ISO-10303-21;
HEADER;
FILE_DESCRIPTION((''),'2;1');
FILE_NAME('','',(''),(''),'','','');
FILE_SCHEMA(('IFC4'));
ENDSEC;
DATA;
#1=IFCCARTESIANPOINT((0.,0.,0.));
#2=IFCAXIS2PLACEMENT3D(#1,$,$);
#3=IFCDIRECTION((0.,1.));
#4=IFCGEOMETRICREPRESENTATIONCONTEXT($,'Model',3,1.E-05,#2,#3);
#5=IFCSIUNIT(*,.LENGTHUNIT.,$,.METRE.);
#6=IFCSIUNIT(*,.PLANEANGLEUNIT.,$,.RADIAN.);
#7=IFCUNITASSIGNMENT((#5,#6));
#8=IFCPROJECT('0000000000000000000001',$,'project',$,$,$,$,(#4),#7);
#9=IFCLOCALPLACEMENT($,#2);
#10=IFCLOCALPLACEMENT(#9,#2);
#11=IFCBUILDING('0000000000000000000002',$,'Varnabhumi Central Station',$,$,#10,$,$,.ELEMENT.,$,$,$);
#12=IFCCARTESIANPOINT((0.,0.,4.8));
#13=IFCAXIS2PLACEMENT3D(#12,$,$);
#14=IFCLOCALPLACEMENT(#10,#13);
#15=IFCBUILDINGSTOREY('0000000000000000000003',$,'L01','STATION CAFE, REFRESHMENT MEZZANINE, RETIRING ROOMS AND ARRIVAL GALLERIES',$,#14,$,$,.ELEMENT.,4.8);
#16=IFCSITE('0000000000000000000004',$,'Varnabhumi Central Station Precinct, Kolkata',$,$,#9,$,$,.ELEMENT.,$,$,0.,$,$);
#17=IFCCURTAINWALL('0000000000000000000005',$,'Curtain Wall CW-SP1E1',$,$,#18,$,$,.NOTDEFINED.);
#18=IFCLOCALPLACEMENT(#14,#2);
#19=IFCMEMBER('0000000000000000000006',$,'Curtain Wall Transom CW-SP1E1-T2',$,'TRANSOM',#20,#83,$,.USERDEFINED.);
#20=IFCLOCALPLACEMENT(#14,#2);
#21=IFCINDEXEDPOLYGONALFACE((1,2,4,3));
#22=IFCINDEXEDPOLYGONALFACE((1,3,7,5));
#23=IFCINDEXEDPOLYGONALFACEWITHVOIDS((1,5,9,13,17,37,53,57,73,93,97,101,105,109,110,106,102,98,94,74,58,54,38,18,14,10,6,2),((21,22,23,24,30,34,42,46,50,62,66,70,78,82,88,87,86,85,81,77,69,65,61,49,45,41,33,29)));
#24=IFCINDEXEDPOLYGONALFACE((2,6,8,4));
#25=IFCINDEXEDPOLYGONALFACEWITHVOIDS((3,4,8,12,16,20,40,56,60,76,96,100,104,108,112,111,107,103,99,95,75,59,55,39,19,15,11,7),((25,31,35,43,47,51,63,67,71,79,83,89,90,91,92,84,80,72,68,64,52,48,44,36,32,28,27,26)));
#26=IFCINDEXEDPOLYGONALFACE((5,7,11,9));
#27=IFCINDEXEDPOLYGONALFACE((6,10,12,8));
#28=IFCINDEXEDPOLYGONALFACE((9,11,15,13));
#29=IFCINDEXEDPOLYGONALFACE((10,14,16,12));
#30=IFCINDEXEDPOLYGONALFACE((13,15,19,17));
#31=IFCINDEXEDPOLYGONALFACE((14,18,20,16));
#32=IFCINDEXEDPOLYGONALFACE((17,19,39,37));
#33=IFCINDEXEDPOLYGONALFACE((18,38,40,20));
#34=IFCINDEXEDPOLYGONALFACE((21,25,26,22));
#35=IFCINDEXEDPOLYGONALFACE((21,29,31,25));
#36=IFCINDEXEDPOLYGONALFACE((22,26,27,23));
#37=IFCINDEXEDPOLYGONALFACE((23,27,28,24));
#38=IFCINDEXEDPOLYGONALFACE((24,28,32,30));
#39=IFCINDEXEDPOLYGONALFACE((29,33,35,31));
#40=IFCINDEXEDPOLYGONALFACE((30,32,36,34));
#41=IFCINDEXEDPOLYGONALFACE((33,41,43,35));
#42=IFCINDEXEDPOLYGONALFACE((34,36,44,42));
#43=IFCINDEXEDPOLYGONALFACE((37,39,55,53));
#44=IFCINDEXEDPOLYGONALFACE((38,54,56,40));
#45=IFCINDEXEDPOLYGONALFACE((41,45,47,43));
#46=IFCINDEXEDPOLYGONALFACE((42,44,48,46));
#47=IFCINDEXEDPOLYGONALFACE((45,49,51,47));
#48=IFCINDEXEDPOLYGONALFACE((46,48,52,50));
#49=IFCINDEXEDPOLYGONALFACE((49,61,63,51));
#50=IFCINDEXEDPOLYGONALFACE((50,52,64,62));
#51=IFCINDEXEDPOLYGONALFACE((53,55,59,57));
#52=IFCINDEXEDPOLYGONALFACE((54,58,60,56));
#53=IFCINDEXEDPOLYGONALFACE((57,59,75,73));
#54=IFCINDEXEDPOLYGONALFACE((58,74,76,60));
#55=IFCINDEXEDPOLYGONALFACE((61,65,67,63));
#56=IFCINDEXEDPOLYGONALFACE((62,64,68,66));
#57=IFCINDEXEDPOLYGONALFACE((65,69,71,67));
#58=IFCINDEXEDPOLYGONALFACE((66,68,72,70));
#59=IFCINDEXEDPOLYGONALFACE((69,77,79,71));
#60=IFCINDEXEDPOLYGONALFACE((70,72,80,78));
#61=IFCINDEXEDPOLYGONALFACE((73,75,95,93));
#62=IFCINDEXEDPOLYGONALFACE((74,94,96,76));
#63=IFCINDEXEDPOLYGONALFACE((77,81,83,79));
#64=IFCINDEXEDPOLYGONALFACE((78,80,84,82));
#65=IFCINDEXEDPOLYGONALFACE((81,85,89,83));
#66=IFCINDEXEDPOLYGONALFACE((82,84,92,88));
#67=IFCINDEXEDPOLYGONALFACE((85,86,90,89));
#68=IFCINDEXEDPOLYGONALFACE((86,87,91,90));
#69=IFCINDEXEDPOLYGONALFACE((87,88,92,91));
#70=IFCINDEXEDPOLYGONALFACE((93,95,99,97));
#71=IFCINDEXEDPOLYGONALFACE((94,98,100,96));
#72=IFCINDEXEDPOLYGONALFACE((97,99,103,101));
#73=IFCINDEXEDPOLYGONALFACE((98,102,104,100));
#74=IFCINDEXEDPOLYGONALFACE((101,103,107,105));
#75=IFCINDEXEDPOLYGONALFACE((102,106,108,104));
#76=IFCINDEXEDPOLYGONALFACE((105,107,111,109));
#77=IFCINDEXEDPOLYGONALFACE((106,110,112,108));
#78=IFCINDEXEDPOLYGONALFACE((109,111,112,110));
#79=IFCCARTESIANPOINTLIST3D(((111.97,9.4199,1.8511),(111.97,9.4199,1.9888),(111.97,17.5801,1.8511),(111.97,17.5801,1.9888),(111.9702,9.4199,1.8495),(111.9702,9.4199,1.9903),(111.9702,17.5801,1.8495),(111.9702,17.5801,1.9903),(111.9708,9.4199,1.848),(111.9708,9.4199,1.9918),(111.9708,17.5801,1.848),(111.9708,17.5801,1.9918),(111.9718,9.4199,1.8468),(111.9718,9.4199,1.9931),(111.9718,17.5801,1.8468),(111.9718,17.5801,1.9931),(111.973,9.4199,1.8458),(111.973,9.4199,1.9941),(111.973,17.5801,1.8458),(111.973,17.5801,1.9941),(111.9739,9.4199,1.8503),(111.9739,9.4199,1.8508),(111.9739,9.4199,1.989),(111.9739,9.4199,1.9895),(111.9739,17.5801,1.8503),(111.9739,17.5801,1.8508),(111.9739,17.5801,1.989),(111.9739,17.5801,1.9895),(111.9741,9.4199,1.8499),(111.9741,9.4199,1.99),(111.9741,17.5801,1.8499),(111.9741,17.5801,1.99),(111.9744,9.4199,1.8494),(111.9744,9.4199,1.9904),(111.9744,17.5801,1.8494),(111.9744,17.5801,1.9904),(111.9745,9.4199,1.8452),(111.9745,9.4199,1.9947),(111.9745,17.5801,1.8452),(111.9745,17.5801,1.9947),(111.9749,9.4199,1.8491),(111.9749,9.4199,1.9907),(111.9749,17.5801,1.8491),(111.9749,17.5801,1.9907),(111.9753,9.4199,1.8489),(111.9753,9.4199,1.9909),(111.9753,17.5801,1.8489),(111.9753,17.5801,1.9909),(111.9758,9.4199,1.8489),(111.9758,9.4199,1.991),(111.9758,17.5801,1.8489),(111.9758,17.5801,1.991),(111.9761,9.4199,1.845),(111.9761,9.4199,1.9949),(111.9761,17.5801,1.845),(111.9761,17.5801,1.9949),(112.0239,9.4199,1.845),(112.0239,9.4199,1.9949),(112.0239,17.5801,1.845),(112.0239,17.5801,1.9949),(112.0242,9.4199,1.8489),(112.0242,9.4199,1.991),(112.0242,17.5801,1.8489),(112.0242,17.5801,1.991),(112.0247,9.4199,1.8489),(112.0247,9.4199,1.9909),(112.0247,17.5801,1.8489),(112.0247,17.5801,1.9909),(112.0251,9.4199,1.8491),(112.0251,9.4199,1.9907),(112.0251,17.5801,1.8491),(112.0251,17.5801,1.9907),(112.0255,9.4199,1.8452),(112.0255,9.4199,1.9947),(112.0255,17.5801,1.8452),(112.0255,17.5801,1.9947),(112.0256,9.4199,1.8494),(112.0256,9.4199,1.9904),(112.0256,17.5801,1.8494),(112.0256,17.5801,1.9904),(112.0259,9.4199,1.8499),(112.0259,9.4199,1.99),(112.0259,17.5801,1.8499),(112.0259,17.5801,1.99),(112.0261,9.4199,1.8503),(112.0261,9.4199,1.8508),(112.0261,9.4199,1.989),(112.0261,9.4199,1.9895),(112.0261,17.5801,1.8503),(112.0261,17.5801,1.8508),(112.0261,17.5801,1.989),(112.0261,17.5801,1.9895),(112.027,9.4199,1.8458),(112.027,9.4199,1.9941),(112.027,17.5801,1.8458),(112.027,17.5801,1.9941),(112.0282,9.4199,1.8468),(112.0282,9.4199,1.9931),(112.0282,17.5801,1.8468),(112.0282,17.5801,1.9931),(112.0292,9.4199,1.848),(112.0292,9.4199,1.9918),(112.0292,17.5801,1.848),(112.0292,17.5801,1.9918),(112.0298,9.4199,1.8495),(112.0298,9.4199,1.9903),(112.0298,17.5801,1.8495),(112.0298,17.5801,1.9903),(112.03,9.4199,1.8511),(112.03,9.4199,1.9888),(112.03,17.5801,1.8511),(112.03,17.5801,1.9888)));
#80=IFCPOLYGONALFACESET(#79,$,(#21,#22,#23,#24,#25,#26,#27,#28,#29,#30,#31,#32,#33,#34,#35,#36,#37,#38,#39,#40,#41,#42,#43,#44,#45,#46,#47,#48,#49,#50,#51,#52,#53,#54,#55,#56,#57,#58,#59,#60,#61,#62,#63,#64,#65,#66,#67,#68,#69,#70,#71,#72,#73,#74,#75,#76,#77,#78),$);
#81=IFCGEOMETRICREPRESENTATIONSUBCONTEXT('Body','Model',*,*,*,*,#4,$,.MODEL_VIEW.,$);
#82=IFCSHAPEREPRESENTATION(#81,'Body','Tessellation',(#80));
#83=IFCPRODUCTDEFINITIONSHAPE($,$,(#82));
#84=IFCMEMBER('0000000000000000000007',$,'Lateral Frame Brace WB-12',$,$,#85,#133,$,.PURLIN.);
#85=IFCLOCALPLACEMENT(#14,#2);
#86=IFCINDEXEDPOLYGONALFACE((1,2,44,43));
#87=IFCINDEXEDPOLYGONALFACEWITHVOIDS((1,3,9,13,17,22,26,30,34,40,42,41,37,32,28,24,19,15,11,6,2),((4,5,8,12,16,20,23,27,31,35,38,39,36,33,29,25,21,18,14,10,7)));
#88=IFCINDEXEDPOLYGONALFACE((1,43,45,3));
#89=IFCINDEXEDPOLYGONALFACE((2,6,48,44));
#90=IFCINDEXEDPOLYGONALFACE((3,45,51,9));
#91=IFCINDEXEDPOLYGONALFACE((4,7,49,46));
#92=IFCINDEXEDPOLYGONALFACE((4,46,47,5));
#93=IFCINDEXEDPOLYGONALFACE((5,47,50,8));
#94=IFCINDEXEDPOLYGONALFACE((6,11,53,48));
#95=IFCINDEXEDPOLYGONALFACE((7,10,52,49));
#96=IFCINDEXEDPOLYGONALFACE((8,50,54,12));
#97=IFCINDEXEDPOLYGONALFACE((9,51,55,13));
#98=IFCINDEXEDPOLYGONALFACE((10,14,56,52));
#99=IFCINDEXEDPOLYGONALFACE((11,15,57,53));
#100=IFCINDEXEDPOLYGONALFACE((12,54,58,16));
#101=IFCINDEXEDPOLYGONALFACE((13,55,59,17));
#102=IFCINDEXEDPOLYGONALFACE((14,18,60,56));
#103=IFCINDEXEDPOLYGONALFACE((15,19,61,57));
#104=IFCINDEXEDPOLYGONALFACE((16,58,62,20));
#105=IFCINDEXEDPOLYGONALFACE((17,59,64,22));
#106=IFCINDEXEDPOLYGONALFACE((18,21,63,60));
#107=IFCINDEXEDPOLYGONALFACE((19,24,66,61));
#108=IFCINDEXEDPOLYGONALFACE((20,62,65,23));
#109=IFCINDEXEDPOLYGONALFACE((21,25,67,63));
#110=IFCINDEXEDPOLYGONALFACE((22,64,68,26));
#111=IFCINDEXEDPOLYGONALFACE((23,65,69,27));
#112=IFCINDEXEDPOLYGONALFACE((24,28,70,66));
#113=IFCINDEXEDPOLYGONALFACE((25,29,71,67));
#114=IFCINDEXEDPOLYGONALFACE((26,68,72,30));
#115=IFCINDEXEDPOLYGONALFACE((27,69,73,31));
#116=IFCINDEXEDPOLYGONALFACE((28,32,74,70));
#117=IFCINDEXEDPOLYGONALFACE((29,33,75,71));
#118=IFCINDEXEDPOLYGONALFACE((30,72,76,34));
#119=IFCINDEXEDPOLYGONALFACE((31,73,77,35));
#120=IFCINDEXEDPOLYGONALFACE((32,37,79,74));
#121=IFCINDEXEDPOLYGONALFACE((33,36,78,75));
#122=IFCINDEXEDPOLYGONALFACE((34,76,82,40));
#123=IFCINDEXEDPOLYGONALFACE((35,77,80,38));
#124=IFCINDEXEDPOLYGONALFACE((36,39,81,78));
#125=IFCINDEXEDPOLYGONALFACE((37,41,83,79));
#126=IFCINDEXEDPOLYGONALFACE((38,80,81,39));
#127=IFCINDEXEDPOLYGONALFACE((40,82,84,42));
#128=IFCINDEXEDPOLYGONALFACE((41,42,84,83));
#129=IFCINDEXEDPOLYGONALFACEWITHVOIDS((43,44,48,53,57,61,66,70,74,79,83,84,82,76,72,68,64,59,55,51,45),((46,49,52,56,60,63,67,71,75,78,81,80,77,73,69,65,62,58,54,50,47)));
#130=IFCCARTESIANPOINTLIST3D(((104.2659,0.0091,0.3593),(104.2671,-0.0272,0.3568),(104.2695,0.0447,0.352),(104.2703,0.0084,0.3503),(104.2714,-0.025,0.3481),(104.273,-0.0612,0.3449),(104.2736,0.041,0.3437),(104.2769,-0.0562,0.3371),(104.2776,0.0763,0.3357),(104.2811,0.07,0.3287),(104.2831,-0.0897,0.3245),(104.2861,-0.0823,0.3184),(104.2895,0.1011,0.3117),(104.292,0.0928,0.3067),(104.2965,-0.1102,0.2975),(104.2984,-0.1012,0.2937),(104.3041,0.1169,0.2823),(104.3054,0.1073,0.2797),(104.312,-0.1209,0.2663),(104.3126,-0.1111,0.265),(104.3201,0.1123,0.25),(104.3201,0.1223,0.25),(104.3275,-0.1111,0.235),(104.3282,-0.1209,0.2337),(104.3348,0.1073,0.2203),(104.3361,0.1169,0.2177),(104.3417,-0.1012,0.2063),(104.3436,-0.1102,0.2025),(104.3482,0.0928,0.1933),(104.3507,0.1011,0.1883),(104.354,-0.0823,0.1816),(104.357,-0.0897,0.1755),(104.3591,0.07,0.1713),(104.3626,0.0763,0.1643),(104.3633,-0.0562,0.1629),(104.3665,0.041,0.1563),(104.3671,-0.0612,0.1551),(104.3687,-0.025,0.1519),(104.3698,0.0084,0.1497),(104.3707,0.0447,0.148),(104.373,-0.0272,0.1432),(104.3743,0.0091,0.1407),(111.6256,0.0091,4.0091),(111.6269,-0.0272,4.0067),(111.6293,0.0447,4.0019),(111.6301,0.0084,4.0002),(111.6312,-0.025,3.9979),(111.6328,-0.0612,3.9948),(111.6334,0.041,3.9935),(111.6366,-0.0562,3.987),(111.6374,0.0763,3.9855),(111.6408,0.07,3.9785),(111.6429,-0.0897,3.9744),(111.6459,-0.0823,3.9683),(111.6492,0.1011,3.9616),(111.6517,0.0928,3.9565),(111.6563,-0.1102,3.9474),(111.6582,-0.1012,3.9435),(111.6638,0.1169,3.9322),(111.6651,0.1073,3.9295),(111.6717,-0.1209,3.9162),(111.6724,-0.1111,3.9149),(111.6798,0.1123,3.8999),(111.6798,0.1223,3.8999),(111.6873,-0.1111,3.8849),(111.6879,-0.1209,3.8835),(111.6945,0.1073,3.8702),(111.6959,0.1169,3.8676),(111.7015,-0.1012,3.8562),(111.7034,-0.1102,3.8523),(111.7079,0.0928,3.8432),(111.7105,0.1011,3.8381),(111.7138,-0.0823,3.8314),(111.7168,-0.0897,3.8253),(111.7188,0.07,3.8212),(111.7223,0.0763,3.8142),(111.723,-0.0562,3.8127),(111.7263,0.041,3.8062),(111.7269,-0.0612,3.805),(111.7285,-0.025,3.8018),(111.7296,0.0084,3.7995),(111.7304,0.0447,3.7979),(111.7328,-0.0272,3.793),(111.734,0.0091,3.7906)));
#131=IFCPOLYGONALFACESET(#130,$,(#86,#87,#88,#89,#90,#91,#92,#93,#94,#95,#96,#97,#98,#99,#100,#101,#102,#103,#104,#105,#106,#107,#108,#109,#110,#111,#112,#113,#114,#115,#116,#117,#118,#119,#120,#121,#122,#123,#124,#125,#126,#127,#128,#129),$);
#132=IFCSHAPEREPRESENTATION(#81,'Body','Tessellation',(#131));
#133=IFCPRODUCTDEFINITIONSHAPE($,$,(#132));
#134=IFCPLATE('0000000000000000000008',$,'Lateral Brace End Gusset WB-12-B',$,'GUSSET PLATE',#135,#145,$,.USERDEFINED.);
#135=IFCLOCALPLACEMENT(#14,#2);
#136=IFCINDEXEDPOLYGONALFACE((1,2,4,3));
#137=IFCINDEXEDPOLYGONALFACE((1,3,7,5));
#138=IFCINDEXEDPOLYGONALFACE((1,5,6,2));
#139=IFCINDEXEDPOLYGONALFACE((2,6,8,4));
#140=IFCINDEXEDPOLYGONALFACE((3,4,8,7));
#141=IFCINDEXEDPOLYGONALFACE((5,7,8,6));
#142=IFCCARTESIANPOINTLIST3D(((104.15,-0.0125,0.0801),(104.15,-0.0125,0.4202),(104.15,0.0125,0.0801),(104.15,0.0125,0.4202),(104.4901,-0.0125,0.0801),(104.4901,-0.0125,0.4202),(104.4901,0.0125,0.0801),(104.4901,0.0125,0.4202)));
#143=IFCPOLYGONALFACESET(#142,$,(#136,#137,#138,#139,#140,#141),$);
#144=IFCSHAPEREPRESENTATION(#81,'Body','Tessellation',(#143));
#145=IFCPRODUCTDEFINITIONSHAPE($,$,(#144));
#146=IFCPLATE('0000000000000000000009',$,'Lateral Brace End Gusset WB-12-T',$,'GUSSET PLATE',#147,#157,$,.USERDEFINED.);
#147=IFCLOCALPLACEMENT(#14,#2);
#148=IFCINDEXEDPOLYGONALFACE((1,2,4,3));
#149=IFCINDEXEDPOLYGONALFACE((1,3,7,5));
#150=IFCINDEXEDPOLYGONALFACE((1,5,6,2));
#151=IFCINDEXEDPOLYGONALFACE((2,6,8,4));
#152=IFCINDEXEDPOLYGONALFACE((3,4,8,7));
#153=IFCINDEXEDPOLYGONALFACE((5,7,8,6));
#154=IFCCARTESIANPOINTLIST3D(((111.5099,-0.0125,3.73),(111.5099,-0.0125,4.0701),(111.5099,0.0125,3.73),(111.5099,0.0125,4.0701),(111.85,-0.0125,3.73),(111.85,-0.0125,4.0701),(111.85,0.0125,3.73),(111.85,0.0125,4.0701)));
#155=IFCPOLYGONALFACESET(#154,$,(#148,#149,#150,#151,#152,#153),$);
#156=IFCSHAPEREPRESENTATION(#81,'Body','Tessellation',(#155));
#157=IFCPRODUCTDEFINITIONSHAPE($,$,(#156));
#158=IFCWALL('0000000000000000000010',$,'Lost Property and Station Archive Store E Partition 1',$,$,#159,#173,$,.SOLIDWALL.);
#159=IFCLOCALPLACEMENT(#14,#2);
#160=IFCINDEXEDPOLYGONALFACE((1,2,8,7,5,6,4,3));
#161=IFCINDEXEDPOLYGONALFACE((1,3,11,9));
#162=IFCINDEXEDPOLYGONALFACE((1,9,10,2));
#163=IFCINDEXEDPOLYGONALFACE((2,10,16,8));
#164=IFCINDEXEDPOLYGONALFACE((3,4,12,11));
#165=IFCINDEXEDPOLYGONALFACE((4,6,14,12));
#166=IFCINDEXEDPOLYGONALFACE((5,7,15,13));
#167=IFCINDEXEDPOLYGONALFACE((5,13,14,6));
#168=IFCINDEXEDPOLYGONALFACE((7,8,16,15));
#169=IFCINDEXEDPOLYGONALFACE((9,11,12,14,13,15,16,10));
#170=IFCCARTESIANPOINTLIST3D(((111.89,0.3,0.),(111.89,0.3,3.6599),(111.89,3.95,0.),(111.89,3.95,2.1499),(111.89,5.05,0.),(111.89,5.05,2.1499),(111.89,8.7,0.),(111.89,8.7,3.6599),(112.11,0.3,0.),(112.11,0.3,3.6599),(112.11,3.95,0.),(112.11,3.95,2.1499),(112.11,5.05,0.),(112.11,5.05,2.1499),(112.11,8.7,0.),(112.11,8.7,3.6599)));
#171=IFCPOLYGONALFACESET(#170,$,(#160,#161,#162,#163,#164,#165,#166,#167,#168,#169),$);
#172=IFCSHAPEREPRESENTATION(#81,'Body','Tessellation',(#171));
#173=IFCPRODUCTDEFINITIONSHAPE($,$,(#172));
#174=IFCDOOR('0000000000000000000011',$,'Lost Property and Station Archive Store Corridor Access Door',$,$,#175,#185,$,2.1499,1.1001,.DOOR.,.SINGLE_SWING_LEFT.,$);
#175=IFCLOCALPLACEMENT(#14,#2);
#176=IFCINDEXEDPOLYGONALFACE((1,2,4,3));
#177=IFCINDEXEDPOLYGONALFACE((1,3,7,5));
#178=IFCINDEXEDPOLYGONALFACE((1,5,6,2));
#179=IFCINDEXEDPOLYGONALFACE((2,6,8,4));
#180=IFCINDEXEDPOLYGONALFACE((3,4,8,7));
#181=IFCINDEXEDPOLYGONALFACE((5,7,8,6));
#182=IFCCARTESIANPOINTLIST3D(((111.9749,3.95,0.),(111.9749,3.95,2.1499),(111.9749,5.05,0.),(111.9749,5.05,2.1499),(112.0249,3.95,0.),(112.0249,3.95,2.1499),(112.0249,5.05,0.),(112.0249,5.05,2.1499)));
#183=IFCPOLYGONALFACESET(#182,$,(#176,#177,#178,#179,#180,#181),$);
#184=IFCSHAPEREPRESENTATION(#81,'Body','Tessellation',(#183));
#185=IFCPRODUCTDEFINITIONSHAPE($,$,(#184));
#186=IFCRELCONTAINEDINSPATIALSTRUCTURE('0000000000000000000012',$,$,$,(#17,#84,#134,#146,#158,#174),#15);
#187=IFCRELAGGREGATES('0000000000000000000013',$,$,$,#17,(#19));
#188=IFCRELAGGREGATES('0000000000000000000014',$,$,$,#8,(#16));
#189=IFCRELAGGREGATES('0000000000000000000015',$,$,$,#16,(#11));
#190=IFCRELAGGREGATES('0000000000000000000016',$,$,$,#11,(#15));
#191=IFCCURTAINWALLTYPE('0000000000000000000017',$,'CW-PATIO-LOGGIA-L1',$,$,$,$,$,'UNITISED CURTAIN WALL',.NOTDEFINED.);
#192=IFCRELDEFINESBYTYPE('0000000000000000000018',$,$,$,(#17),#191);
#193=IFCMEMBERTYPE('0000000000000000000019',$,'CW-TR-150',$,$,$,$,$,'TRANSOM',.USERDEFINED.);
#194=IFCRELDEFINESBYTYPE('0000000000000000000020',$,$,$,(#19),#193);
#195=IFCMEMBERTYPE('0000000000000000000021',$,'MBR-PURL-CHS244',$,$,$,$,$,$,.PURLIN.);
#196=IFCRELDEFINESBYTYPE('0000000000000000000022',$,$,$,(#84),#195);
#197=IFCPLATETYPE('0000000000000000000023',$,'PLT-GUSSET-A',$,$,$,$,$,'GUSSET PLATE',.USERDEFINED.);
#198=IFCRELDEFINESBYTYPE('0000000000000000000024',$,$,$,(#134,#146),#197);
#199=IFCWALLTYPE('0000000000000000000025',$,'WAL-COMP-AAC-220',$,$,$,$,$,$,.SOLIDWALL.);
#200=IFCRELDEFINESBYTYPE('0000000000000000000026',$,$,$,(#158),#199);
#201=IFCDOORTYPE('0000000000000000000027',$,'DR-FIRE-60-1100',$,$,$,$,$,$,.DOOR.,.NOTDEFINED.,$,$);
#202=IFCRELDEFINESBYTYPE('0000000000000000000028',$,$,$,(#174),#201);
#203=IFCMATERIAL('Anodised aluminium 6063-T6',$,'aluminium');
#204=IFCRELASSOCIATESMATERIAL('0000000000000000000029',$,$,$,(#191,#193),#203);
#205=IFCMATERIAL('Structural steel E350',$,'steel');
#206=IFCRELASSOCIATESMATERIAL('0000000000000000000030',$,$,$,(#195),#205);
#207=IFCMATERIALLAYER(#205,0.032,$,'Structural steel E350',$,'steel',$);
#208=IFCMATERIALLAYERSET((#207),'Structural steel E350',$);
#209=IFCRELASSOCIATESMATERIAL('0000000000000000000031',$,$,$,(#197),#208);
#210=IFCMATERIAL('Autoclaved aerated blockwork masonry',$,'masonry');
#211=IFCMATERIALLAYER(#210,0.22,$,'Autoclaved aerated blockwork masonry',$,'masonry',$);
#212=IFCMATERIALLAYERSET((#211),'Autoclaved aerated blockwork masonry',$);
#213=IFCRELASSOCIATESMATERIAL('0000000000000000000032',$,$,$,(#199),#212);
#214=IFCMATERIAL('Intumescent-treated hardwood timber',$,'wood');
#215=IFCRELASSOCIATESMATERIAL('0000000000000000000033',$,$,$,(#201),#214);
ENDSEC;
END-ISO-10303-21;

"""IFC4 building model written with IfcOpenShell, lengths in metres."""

from ifc_helpers import new_model, si_unit, direction, frame, frame_2d, origin, origin_2d, place, context, subcontext, project, spatial, rectangle, hollow_rectangle, hollow_circle, extrude, material, layer, layer_set, material_profile, profile_set, type_object, element, fill, aggregate, save


model = new_model("IFC4")

# Units and contexts
model_context = context("Model", 3, precision=1e-05, world=origin(), true_north=direction((0.0, 1.0)))
body_context = subcontext(model_context, "Body", "Model", "MODEL_VIEW")
ifc_project = project(units=[si_unit("LENGTHUNIT", "METRE"), si_unit("PLANEANGLEUNIT", "RADIAN")], contexts=[model_context])

# Site, building, storey
site_placement = place(None, origin())
site = spatial("IfcSite", under=ifc_project, at=site_placement, Name="Varnabhumi Central Station Precinct, Kolkata", CompositionType="ELEMENT", RefElevation=0.0)
building_placement = place(site_placement, origin())
building = spatial("IfcBuilding", under=site, at=building_placement, Name="Varnabhumi Central Station", CompositionType="ELEMENT")
storey_placement = place(building_placement, frame((0.0, 0.0, 4.8)))
storey = spatial("IfcBuildingStorey", under=building, at=storey_placement, Name="L01", Description="STATION CAFE, REFRESHMENT MEZZANINE, RETIRING ROOMS AND ARRIVAL GALLERIES", CompositionType="ELEMENT", Elevation=4.8)

# Shared definitions
ifc_material_1 = material(Name="Structural steel E350", Category="steel")

# Curtain wall, member
ifc_material_2 = material(Name="Anodised aluminium 6063-T6", Category="aluminium")
curtain_wall_type = type_object("IfcCurtainWallType", Name="CW-PATIO-LOGGIA-L1", ElementType="UNITISED CURTAIN WALL", PredefinedType="NOTDEFINED", material=ifc_material_2)
curtain_wall_placement = place(storey_placement, origin())
curtain_wall = element("IfcCurtainWall", 1, at=curtain_wall_placement, inside=storey, type_object=curtain_wall_type, Name="Curtain Wall CW-SP1E1", PredefinedType="NOTDEFINED")
ifc_material_profile_1 = material_profile(ifc_material_2, hollow_rectangle(XDim=0.0601, YDim=0.1499, WallThickness=0.0039, InnerFilletRadius=0.002, OuterFilletRadius=0.0061, at=origin_2d()), Name="Anodised aluminium 6063-T6", Category="aluminium")
ifc_profile_set_1 = profile_set([ifc_material_profile_1], Name="Anodised aluminium 6063-T6")
member_type_1 = type_object("IfcMemberType", Name="CW-TR-150", ElementType="TRANSOM", PredefinedType="USERDEFINED", material=ifc_profile_set_1)
member_1_placement = place(storey_placement, frame((112.0, 9.4199, 1.9199), z_axis=(0.0, 1.0, 0.0), x_axis=(-1.0, 0.0, 0.0)))
member_1 = element("IfcMember", 2, at=member_1_placement, type_object=member_type_1, Name="Curtain Wall Transom CW-SP1E1-T2", ObjectType="TRANSOM", PredefinedType="USERDEFINED", context=body_context, shape_type="SweptSolid", body=[
    extrude(hollow_rectangle(XDim=0.0601, YDim=0.1499, WallThickness=0.0039, InnerFilletRadius=0.002, OuterFilletRadius=0.0061, at=origin_2d()), origin(), (0.0, 0.0, 1.0), 8.1602),
])
aggregate(curtain_wall, [member_1])

# Member
ifc_material_profile_2 = material_profile(ifc_material_1, hollow_circle(Radius=0.1223, WallThickness=0.01, at=origin_2d()), Name="Structural steel E350", Category="steel")
ifc_profile_set_2 = profile_set([ifc_material_profile_2], Name="Structural steel E350")
member_type_2 = type_object("IfcMemberType", Name="MBR-PURL-CHS244", PredefinedType="PURLIN", material=ifc_profile_set_2)
member_2_placement = place(storey_placement, frame((104.3201, 0.0, 0.25), z_axis=(0.895885, 0.0, 0.444287), x_axis=(0.0, 1.0, 0.0)))
element("IfcMember", 3, at=member_2_placement, inside=storey, type_object=member_type_2, Name="Lateral Frame Brace WB-12", PredefinedType="PURLIN", context=body_context, shape_type="SweptSolid", body=[
    extrude(hollow_circle(Radius=0.1223, WallThickness=0.01, at=origin_2d()), origin(), (0.0, 0.0, 1.0), 8.2151),
])

# Plates
ifc_layer_1 = layer(ifc_material_1, 0.032, Name="Structural steel E350", Category="steel")
ifc_layer_set_1 = layer_set([ifc_layer_1], Name="Structural steel E350")
plate_type = type_object("IfcPlateType", Name="PLT-GUSSET-A", ElementType="GUSSET PLATE", PredefinedType="USERDEFINED", material=ifc_layer_set_1)
for number, where, z_axis, x_axis, name in (
    (4, (104.3201, 0.0, 0.0801), (0.0, 0.0, 1.0), (1.0, 0.0, 0.0), "Lateral Brace End Gusset WB-12-B"),
    (5, (111.6799, 0.0, 3.73), (0.0, 0.0, 1.0), (1.0, 0.0, 0.0), "Lateral Brace End Gusset WB-12-T"),
):
    element("IfcPlate", number, at=place(storey_placement, frame(where, z_axis=z_axis, x_axis=x_axis)), inside=storey, type_object=plate_type, Name=name, ObjectType="GUSSET PLATE", PredefinedType="USERDEFINED", context=body_context, shape_type="SweptSolid", body=[
        extrude(rectangle(XDim=0.3401, YDim=0.0249, at=origin_2d()), origin(), (0.0, 0.0, 1.0), 0.3401),
    ])

# Wall, opening, door
ifc_material_3 = material(Name="Autoclaved aerated blockwork masonry", Category="masonry")
ifc_layer_2 = layer(ifc_material_3, 0.22, Name="Autoclaved aerated blockwork masonry", Category="masonry")
ifc_layer_set_2 = layer_set([ifc_layer_2], Name="Autoclaved aerated blockwork masonry")
wall_type_1 = type_object("IfcWallType", Name="WAL-COMP-AAC-220", PredefinedType="SOLIDWALL", material=ifc_layer_set_2)
wall_1_placement = place(storey_placement, frame((112.0, 0.3, 0.0), z_axis=(0.0, 0.0, 1.0), x_axis=(0.0, 1.0, 0.0)))
wall_1 = element("IfcWall", 6, at=wall_1_placement, inside=storey, type_object=wall_type_1, Name="Lost Property and Station Archive Store E Partition 1", PredefinedType="SOLIDWALL", context=body_context, shape_type="SweptSolid", body=[
    extrude(rectangle(XDim=8.3999, YDim=0.22, at=frame_2d((4.2, 0.0))), origin(), (0.0, 0.0, 1.0), 3.6599),
])
opening_1_placement = place(wall_1_placement, frame((3.6499, 0.0, 0.0)))
opening_1 = element("IfcOpeningElement", 7, at=opening_1_placement, cuts=wall_1, PredefinedType="OPENING", context=body_context, shape_type="SweptSolid", body=[
    extrude(rectangle(XDim=1.1001, YDim=2.1499, at=frame_2d((0.55, 1.075))), frame((0.0, 0.1199, 0.0), z_axis=(0.0, -1.0, 0.0), x_axis=(1.0, 0.0, 0.0)), (0.0, 0.0, 1.0), 0.24),
])
ifc_material_4 = material(Name="Intumescent-treated hardwood timber", Category="wood")
door_type_1 = type_object("IfcDoorType", Name="DR-FIRE-60-1100", OperationType="NOTDEFINED", PredefinedType="DOOR", material=ifc_material_4)
door_1_placement = place(opening_1_placement, frame((1.1001, 0.0, 0.0), z_axis=(0.0, 0.0, 1.0), x_axis=(-1.0, 0.0, 0.0)))
door_1 = element("IfcDoor", 8, at=door_1_placement, inside=storey, type_object=door_type_1, Name="Lost Property and Station Archive Store Corridor Access Door", OperationType="SINGLE_SWING_LEFT", OverallHeight=2.1499, OverallWidth=1.1001, PredefinedType="DOOR", context=body_context, shape_type="SweptSolid", body=[
    extrude(rectangle(XDim=1.1001, YDim=2.1499, at=frame_2d((0.55, 1.075))), frame((0.0, 0.0249, 0.0), z_axis=(0.0, -1.0, 0.0), x_axis=(1.0, 0.0, 0.0)), (0.0, 0.0, 1.0), 0.05),
])
fill(opening_1, door_1)

save(model, "model.ifc")
